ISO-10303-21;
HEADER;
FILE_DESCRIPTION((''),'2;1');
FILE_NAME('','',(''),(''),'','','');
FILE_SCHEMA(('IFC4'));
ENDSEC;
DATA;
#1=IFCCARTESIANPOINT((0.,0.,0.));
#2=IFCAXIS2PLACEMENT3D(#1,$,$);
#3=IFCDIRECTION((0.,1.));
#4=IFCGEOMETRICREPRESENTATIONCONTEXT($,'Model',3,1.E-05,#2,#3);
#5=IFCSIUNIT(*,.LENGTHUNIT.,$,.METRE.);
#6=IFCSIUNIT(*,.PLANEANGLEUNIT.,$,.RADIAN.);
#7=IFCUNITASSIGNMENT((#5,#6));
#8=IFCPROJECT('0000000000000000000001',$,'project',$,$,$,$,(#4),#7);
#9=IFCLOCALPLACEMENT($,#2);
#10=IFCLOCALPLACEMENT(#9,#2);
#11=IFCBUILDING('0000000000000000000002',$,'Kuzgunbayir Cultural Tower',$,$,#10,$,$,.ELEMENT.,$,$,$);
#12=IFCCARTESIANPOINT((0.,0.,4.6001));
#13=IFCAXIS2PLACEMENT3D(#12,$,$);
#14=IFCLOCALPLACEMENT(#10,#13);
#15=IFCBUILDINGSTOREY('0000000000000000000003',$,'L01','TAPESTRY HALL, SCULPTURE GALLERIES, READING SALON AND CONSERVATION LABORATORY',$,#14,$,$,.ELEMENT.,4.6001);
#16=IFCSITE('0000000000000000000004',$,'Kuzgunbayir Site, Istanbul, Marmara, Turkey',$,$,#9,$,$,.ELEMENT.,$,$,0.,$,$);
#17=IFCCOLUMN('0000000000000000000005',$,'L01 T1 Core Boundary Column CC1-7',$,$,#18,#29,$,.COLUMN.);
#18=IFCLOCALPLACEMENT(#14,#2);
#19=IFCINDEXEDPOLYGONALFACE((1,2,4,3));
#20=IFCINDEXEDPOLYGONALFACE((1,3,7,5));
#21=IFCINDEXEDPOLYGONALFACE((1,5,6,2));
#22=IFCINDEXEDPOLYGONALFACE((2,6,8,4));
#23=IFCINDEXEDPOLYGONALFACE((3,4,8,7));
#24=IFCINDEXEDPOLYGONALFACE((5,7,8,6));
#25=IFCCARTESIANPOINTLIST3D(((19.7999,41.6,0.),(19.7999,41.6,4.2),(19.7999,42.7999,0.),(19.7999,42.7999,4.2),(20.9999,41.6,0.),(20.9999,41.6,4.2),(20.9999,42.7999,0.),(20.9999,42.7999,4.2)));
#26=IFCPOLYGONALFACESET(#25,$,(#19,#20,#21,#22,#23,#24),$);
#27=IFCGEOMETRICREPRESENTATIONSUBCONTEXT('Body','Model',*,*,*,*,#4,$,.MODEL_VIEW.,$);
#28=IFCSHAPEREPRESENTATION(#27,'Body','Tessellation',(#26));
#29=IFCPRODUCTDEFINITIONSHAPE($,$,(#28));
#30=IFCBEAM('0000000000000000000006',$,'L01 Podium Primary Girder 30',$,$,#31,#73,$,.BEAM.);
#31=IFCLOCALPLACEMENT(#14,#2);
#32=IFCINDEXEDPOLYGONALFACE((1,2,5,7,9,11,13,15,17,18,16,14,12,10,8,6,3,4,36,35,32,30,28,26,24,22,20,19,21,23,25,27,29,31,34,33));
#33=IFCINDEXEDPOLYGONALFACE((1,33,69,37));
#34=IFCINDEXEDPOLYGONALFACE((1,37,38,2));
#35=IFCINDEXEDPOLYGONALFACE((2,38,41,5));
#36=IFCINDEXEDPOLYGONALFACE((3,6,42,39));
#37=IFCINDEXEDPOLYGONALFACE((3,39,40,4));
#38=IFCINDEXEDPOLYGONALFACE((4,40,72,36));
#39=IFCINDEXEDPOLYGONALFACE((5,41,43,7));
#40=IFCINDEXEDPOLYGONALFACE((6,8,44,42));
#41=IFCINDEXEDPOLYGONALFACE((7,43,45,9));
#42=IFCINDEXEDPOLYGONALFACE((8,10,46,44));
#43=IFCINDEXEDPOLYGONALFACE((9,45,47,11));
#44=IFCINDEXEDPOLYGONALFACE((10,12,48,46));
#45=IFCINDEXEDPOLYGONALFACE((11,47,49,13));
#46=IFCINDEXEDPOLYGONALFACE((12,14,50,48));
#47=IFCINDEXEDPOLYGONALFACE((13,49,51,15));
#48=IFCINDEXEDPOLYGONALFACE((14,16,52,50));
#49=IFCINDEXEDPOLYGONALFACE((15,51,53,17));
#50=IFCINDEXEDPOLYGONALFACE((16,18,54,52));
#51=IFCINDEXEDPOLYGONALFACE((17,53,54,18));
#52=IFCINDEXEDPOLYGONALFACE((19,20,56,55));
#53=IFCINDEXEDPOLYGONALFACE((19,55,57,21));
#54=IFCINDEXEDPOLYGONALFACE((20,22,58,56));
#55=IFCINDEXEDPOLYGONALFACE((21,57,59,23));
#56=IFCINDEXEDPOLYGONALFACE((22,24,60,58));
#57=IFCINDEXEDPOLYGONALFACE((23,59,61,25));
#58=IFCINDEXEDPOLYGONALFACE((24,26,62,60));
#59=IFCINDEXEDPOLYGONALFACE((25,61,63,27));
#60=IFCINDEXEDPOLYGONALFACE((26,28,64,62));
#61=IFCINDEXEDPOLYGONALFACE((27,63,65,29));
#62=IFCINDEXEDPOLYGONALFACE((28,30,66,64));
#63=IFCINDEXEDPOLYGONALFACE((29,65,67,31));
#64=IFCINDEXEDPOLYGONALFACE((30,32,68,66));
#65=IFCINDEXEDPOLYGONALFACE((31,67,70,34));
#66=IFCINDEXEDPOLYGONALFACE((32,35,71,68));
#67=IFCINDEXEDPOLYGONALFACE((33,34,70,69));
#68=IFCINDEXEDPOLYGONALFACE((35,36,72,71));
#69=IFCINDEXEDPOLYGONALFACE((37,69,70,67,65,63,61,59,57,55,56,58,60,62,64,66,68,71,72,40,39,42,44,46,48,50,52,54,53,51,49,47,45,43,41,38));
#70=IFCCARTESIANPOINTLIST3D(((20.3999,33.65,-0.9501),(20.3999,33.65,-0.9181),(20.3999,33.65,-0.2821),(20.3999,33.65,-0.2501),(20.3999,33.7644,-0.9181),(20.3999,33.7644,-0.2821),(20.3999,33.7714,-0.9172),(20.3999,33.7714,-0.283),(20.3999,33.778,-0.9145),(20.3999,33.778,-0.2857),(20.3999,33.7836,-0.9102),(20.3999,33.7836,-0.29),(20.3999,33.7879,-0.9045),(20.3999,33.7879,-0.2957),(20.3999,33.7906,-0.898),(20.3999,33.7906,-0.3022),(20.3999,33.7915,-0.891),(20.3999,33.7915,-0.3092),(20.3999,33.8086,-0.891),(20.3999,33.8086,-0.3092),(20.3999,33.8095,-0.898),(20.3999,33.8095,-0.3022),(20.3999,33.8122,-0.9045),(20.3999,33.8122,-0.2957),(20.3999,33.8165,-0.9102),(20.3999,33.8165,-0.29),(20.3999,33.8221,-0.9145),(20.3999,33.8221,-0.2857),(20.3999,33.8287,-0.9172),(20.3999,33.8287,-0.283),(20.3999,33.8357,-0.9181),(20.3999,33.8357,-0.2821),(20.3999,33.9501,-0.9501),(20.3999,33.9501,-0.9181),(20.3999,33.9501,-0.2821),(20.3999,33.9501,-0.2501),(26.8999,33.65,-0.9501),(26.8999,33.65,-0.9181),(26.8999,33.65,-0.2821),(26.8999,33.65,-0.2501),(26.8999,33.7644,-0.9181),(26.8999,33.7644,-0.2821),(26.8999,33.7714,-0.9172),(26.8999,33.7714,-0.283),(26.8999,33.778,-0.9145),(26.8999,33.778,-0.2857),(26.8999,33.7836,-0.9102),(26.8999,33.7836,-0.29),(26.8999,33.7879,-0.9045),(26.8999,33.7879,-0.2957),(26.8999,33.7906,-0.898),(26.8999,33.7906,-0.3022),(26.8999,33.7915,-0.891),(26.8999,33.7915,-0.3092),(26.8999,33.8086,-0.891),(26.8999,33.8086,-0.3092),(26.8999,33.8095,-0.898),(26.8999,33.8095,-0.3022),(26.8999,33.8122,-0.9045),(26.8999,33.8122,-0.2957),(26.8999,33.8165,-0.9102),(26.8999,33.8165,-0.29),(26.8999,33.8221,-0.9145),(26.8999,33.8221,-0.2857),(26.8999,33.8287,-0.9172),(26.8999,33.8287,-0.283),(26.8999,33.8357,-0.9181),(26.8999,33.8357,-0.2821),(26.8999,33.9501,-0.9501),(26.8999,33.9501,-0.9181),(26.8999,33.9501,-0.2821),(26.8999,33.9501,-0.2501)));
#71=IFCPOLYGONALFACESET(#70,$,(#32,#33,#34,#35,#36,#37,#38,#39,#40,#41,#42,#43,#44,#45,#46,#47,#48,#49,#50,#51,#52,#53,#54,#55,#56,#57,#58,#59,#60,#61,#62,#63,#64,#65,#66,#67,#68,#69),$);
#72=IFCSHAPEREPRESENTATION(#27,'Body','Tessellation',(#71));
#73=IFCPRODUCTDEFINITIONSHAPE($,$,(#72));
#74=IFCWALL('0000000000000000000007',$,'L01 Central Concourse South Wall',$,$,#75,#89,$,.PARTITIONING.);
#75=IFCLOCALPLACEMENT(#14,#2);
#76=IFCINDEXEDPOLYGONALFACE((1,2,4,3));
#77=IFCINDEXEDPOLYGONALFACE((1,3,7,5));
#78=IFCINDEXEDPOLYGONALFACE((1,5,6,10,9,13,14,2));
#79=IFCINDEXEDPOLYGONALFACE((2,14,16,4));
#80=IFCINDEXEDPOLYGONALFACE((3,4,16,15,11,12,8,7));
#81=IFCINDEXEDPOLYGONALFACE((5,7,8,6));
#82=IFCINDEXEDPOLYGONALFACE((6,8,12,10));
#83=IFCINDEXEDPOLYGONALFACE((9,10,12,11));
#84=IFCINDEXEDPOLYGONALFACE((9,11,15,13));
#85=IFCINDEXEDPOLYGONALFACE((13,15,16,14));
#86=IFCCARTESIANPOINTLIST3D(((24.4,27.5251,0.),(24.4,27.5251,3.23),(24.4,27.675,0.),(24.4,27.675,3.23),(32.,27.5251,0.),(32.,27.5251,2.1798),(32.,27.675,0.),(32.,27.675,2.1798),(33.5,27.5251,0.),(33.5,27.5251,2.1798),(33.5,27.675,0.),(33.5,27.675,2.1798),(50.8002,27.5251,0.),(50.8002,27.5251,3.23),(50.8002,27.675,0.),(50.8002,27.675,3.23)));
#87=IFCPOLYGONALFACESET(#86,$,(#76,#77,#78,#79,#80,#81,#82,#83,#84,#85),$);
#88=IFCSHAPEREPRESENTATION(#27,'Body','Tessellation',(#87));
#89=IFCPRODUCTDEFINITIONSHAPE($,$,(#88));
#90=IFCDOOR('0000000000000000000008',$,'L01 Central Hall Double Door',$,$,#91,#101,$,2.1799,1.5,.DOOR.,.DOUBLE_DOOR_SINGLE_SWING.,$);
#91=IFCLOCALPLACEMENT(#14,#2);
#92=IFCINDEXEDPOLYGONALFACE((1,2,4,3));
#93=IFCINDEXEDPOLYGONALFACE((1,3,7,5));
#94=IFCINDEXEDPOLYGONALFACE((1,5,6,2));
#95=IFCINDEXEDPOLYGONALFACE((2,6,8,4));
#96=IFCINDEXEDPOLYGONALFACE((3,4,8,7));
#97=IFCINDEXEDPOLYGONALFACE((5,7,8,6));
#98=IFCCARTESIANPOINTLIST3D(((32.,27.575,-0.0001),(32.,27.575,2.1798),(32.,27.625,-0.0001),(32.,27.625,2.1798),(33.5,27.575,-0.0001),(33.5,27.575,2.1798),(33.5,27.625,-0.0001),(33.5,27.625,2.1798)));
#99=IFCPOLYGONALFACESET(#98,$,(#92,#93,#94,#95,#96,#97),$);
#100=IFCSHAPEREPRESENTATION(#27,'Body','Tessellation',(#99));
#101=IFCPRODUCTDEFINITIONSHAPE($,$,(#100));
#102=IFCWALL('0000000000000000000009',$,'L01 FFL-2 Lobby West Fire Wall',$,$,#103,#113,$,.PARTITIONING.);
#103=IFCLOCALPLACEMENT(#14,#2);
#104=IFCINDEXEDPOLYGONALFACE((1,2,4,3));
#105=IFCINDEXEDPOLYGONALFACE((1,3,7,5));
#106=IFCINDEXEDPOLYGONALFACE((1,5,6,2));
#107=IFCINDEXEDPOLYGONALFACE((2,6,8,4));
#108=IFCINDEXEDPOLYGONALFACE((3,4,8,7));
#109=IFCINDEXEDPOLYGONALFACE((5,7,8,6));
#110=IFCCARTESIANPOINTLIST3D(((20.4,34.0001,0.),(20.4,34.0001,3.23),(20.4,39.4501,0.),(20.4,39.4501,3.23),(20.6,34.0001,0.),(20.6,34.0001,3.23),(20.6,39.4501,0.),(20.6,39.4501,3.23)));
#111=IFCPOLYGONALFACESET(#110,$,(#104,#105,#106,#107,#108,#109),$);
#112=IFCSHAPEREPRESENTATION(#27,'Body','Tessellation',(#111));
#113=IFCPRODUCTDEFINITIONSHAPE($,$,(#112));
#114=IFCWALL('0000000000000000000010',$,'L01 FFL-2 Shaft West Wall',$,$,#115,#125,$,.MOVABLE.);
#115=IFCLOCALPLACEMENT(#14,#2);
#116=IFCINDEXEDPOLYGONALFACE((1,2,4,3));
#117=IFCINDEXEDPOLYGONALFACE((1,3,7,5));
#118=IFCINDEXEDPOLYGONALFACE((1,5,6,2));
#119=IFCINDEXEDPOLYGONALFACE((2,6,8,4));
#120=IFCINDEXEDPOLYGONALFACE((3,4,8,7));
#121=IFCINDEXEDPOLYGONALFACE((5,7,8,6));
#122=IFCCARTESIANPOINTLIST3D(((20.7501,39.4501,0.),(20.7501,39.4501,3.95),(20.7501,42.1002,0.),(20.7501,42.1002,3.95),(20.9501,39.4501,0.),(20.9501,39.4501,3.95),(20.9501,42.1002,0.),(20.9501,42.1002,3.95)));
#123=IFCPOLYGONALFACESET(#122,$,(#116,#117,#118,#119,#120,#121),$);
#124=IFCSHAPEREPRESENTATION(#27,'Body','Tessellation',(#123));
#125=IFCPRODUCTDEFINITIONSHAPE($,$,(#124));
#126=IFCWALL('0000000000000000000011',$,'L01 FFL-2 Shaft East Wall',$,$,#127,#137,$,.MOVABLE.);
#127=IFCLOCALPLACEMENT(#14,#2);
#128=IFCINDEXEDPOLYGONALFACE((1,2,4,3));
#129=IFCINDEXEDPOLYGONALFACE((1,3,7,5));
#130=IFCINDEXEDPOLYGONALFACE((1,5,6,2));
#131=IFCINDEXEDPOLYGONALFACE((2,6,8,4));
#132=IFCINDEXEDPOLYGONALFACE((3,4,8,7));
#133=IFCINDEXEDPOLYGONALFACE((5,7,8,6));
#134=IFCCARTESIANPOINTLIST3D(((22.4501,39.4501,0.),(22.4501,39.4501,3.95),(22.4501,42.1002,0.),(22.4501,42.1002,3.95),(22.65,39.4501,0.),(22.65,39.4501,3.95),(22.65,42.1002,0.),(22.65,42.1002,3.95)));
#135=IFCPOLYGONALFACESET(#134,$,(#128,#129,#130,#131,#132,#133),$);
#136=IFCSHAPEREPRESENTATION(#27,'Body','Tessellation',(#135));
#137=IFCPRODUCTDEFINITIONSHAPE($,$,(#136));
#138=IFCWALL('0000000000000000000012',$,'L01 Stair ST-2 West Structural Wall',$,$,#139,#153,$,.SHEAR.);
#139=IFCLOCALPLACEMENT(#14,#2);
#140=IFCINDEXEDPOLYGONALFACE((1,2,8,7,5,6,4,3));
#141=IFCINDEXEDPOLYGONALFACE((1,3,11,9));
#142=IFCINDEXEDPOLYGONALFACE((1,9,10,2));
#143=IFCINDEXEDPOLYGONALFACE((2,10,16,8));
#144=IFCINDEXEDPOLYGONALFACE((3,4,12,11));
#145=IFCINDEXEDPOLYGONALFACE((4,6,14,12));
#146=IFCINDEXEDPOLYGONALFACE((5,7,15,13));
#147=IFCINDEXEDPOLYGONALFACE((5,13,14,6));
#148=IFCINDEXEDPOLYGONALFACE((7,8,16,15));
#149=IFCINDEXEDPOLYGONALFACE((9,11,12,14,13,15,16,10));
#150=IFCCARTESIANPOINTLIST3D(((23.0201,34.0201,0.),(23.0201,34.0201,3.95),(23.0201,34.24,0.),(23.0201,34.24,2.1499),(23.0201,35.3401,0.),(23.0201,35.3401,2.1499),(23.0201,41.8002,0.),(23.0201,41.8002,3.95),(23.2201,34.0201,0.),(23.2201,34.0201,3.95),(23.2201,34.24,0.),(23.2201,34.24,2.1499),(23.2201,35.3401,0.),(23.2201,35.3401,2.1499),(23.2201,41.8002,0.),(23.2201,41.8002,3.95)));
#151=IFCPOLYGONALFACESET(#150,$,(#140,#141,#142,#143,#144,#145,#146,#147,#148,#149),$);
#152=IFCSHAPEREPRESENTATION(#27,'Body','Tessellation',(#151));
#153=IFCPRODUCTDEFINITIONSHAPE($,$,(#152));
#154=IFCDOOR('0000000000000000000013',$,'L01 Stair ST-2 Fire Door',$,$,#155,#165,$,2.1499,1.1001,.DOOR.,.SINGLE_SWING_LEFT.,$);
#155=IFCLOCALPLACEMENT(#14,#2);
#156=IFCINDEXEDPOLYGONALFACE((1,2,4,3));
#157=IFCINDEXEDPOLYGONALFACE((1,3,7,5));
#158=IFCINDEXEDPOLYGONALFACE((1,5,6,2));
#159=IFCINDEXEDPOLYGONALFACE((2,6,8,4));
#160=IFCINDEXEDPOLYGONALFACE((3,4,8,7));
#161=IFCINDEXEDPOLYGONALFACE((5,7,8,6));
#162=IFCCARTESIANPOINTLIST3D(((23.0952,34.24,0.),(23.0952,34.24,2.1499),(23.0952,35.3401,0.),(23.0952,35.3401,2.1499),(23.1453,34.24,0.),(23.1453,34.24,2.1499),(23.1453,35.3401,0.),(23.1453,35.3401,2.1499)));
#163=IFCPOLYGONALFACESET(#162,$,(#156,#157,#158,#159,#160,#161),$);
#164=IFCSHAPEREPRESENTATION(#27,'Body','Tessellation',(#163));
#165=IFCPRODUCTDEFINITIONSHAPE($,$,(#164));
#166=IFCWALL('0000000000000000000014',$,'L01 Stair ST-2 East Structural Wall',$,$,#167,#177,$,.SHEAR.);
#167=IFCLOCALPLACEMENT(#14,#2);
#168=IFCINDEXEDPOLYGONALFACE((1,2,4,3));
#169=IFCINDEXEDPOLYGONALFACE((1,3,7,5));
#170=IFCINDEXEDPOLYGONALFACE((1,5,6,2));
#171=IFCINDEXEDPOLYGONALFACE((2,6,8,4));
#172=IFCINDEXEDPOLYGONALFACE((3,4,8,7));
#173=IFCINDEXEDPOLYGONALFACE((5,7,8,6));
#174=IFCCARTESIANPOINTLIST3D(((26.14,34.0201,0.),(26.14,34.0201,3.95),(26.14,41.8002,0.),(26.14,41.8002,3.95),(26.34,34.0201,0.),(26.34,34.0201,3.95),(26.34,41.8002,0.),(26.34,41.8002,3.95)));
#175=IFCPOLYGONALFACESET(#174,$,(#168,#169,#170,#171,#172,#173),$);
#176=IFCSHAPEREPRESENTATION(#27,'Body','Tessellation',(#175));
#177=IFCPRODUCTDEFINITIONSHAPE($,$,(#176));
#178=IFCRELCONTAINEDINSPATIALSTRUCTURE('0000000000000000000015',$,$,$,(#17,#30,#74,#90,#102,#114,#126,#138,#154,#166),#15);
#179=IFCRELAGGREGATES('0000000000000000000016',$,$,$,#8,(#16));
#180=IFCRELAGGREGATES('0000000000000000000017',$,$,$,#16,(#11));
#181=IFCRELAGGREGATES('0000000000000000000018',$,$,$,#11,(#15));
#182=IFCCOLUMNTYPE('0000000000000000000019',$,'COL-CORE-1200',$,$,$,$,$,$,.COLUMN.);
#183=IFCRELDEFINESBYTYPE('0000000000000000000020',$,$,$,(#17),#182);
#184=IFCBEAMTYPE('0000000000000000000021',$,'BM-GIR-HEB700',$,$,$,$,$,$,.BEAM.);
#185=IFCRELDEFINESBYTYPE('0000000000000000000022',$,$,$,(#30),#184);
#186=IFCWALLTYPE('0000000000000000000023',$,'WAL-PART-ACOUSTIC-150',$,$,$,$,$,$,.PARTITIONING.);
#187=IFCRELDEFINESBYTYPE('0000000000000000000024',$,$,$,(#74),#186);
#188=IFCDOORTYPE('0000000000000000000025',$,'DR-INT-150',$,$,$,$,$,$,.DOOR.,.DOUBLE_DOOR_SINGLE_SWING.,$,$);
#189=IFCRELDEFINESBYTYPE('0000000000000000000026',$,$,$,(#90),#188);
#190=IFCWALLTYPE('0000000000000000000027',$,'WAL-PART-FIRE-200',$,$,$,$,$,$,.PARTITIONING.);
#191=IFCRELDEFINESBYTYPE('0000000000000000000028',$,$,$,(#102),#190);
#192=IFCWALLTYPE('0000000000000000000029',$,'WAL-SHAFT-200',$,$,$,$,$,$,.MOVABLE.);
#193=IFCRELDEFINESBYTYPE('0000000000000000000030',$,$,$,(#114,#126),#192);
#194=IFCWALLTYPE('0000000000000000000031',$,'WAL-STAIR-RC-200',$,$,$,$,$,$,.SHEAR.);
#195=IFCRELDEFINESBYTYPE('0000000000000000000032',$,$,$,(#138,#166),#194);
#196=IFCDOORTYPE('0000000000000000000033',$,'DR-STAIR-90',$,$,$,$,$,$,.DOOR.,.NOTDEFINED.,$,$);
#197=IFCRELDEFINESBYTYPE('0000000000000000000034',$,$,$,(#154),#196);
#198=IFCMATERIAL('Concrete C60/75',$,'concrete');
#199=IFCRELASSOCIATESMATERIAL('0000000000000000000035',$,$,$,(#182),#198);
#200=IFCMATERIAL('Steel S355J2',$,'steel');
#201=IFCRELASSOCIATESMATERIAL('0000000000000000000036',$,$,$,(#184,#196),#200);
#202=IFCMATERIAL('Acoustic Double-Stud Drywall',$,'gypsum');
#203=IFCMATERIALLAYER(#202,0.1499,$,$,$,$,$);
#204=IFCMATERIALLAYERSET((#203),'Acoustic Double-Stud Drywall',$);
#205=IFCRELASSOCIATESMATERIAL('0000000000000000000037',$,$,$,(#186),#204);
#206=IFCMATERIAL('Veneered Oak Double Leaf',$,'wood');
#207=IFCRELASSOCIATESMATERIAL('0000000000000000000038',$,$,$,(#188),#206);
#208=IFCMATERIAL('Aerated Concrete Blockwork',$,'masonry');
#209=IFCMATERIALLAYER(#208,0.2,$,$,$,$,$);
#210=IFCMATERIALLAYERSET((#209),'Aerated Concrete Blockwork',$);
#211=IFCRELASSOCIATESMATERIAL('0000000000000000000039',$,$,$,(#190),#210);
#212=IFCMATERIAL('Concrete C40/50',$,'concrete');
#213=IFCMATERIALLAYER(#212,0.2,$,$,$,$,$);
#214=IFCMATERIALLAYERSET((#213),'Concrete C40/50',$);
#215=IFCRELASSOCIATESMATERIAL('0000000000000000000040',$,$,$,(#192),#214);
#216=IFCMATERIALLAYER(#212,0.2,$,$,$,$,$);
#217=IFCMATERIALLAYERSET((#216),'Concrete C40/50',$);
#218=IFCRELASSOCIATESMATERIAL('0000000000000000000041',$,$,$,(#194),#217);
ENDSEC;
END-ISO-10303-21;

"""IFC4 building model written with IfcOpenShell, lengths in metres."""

from ifc_helpers import new_model, si_unit, direction, frame, frame_2d, origin, origin_2d, place, context, subcontext, project, spatial, rectangle, i_section, extrude, material, layer, layer_set, material_profile, profile_set, type_object, element, fill, save


model = new_model("IFC4")

# Units and contexts
model_context = context("Model", 3, precision=1e-05, world=origin(), true_north=direction((0.0, 1.0)))
body_context = subcontext(model_context, "Body", "Model", "MODEL_VIEW")
ifc_project = project(units=[si_unit("LENGTHUNIT", "METRE"), si_unit("PLANEANGLEUNIT", "RADIAN")], contexts=[model_context])

# Site, building, storey
site_placement = place(None, origin())
site = spatial("IfcSite", under=ifc_project, at=site_placement, Name="Kuzgunbayir Site, Istanbul, Marmara, Turkey", CompositionType="ELEMENT", RefElevation=0.0)
building_placement = place(site_placement, origin())
building = spatial("IfcBuilding", under=site, at=building_placement, Name="Kuzgunbayir Cultural Tower", CompositionType="ELEMENT")
storey_placement = place(building_placement, frame((0.0, 0.0, 4.6001)))
storey = spatial("IfcBuildingStorey", under=building, at=storey_placement, Name="L01", Description="TAPESTRY HALL, SCULPTURE GALLERIES, READING SALON AND CONSERVATION LABORATORY", CompositionType="ELEMENT", Elevation=4.6001)

# Column
ifc_material_1 = material(Name="Concrete C60/75", Category="concrete")
ifc_material_profile_1 = material_profile(ifc_material_1, rectangle(XDim=1.2, YDim=1.2, at=origin_2d()), Name="RC 1200x1200")
ifc_profile_set_1 = profile_set([ifc_material_profile_1], Name="Concrete C60/75")
column_type = type_object("IfcColumnType", Name="COL-CORE-1200", PredefinedType="COLUMN", material=ifc_profile_set_1)
column_placement = place(storey_placement, frame((20.3999, 42.2, 0.0), z_axis=(0.0, 0.0, 1.0), x_axis=(1.0, 0.0, 0.0)))
element("IfcColumn", 1, at=column_placement, inside=storey, type_object=column_type, Name="L01 T1 Core Boundary Column CC1-7", PredefinedType="COLUMN", context=body_context, shape_type="SweptSolid", body=[
    extrude(rectangle(XDim=1.2, YDim=1.2, at=origin_2d()), origin(), (0.0, 0.0, 1.0), 4.2),
])

# Beam
ifc_material_2 = material(Name="Steel S355J2", Category="steel")
ifc_material_profile_2 = material_profile(ifc_material_2, i_section(OverallWidth=0.3, OverallDepth=0.7, WebThickness=0.0171, FlangeThickness=0.032, FilletRadius=0.0271, at=origin_2d()), Name="HEB 700")
ifc_profile_set_2 = profile_set([ifc_material_profile_2], Name="Steel S355J2")
beam_type = type_object("IfcBeamType", Name="BM-GIR-HEB700", PredefinedType="BEAM", material=ifc_profile_set_2)
beam_placement = place(storey_placement, frame((20.3999, 33.8, -0.6001), z_axis=(1.0, 0.0, 0.0), x_axis=(0.0, 1.0, 0.0)))
element("IfcBeam", 2, at=beam_placement, inside=storey, type_object=beam_type, Name="L01 Podium Primary Girder 30", PredefinedType="BEAM", context=body_context, shape_type="SweptSolid", body=[
    extrude(i_section(OverallWidth=0.3, OverallDepth=0.7, WebThickness=0.0171, FlangeThickness=0.032, FilletRadius=0.0271, at=origin_2d()), origin(), (0.0, 0.0, 1.0), 6.5),
])

# Wall, opening, door
ifc_material_3 = material(Name="Acoustic Double-Stud Drywall", Category="gypsum")
ifc_layer_1 = layer(ifc_material_3, 0.1499)
ifc_layer_set_1 = layer_set([ifc_layer_1], Name="Acoustic Double-Stud Drywall")
wall_type_1 = type_object("IfcWallType", Name="WAL-PART-ACOUSTIC-150", PredefinedType="PARTITIONING", material=ifc_layer_set_1)
wall_1_placement = place(storey_placement, frame((24.3999, 27.6001, 0.0), z_axis=(0.0, 0.0, 1.0), x_axis=(1.0, 0.0, 0.0)))
wall_1 = element("IfcWall", 3, at=wall_1_placement, inside=storey, type_object=wall_type_1, Name="L01 Central Concourse South Wall", PredefinedType="PARTITIONING", context=body_context, shape_type="SweptSolid", body=[
    extrude(rectangle(XDim=26.4001, YDim=0.1499, at=frame_2d((13.2002, 0.0))), origin(), (0.0, 0.0, 1.0), 3.23),
])
opening_1_placement = place(wall_1_placement, frame((7.6001, 0.0, 0.0)))
opening_1 = element("IfcOpeningElement", 4, at=opening_1_placement, cuts=wall_1, PredefinedType="OPENING", context=body_context, shape_type="SweptSolid", body=[
    extrude(rectangle(XDim=1.5, YDim=2.1799, at=frame_2d((0.75, 1.0898))), frame((0.0, 0.085, 0.0), z_axis=(0.0, -1.0, 0.0), x_axis=(1.0, 0.0, 0.0)), (0.0, 0.0, 1.0), 0.1699),
])
ifc_material_4 = material(Name="Veneered Oak Double Leaf", Category="wood")
door_type_1 = type_object("IfcDoorType", Name="DR-INT-150", OperationType="DOUBLE_DOOR_SINGLE_SWING", PredefinedType="DOOR", material=ifc_material_4)
door_1_placement = place(opening_1_placement, origin())
door_1 = element("IfcDoor", 5, at=door_1_placement, inside=storey, type_object=door_type_1, Name="L01 Central Hall Double Door", OperationType="DOUBLE_DOOR_SINGLE_SWING", OverallHeight=2.1799, OverallWidth=1.5, PredefinedType="DOOR", context=body_context, shape_type="SweptSolid", body=[
    extrude(rectangle(XDim=1.5, YDim=2.1799, at=frame_2d((0.75, 1.0898))), frame((0.0, 0.0249, 0.0), z_axis=(0.0, -1.0, 0.0), x_axis=(1.0, 0.0, 0.0)), (0.0, 0.0, 1.0), 0.05),
])
fill(opening_1, door_1)

# Wall
ifc_material_5 = material(Name="Aerated Concrete Blockwork", Category="masonry")
ifc_layer_2 = layer(ifc_material_5, 0.2)
ifc_layer_set_2 = layer_set([ifc_layer_2], Name="Aerated Concrete Blockwork")
wall_type_2 = type_object("IfcWallType", Name="WAL-PART-FIRE-200", PredefinedType="PARTITIONING", material=ifc_layer_set_2)
wall_2_placement = place(storey_placement, frame((20.5, 34.0, 0.0), z_axis=(0.0, 0.0, 1.0), x_axis=(0.0, 1.0, 0.0)))
element("IfcWall", 6, at=wall_2_placement, inside=storey, type_object=wall_type_2, Name="L01 FFL-2 Lobby West Fire Wall", PredefinedType="PARTITIONING", context=body_context, shape_type="SweptSolid", body=[
    extrude(rectangle(XDim=5.45, YDim=0.2, at=frame_2d((2.7251, 0.0))), origin(), (0.0, 0.0, 1.0), 3.23),
])

# Shared definitions
ifc_material_6 = material(Name="Concrete C40/50", Category="concrete")
ifc_layer_3 = layer(ifc_material_6, 0.2)
ifc_layer_set_3 = layer_set([ifc_layer_3], Name="Concrete C40/50")
wall_type_3 = type_object("IfcWallType", Name="WAL-SHAFT-200", PredefinedType="MOVABLE", material=ifc_layer_set_3)

# Walls
for number, where, z_axis, x_axis, name in (
    (7, (20.8501, 39.45, 0.0), (0.0, 0.0, 1.0), (0.0, 1.0, 0.0), "L01 FFL-2 Shaft West Wall"),
    (8, (22.55, 39.45, 0.0), (0.0, 0.0, 1.0), (0.0, 1.0, 0.0), "L01 FFL-2 Shaft East Wall"),
):
    element("IfcWall", number, at=place(storey_placement, frame(where, z_axis=z_axis, x_axis=x_axis)), inside=storey, type_object=wall_type_3, Name=name, PredefinedType="MOVABLE", context=body_context, shape_type="SweptSolid", body=[
        extrude(rectangle(XDim=2.6501, YDim=0.2, at=frame_2d((1.3252, 0.0))), origin(), (0.0, 0.0, 1.0), 3.95),
    ])

# Wall, opening, door
ifc_layer_4 = layer(ifc_material_6, 0.2)
ifc_layer_set_4 = layer_set([ifc_layer_4], Name="Concrete C40/50")
wall_type_4 = type_object("IfcWallType", Name="WAL-STAIR-RC-200", PredefinedType="SHEAR", material=ifc_layer_set_4)
wall_3_placement = place(storey_placement, frame((23.1201, 34.02, 0.0), z_axis=(0.0, 0.0, 1.0), x_axis=(0.0, 1.0, 0.0)))
wall_3 = element("IfcWall", 9, at=wall_3_placement, inside=storey, type_object=wall_type_4, Name="L01 Stair ST-2 West Structural Wall", PredefinedType="SHEAR", context=body_context, shape_type="SweptSolid", body=[
    extrude(rectangle(XDim=7.78, YDim=0.2, at=frame_2d((3.8901, 0.0))), origin(), (0.0, 0.0, 1.0), 3.95),
])
opening_2_placement = place(wall_3_placement, frame((0.22, 0.0, 0.0)))
opening_2 = element("IfcOpeningElement", 10, at=opening_2_placement, cuts=wall_3, PredefinedType="OPENING", context=body_context, shape_type="SweptSolid", body=[
    extrude(rectangle(XDim=1.1001, YDim=2.1499, at=frame_2d((0.55, 1.075))), frame((0.0, 0.1099, 0.0), z_axis=(0.0, -1.0, 0.0), x_axis=(1.0, 0.0, 0.0)), (0.0, 0.0, 1.0), 0.22),
])
door_type_2 = type_object("IfcDoorType", Name="DR-STAIR-90", OperationType="NOTDEFINED", PredefinedType="DOOR", material=ifc_material_2)
door_2_placement = place(opening_2_placement, origin())
door_2 = element("IfcDoor", 11, at=door_2_placement, inside=storey, type_object=door_type_2, Name="L01 Stair ST-2 Fire Door", OperationType="SINGLE_SWING_LEFT", OverallHeight=2.1499, OverallWidth=1.1001, PredefinedType="DOOR", context=body_context, shape_type="SweptSolid", body=[
    extrude(rectangle(XDim=1.1001, YDim=2.1499, at=frame_2d((0.55, 1.075))), frame((0.0, 0.0249, 0.0), z_axis=(0.0, -1.0, 0.0), x_axis=(1.0, 0.0, 0.0)), (0.0, 0.0, 1.0), 0.05),
])
fill(opening_2, door_2)

# Wall
wall_4_placement = place(storey_placement, frame((26.24, 34.02, 0.0), z_axis=(0.0, 0.0, 1.0), x_axis=(0.0, 1.0, 0.0)))
element("IfcWall", 12, at=wall_4_placement, inside=storey, type_object=wall_type_4, Name="L01 Stair ST-2 East Structural Wall", PredefinedType="SHEAR", context=body_context, shape_type="SweptSolid", body=[
    extrude(rectangle(XDim=7.78, YDim=0.2, at=frame_2d((3.8901, 0.0))), origin(), (0.0, 0.0, 1.0), 3.95),
])

save(model, "model.ifc")
